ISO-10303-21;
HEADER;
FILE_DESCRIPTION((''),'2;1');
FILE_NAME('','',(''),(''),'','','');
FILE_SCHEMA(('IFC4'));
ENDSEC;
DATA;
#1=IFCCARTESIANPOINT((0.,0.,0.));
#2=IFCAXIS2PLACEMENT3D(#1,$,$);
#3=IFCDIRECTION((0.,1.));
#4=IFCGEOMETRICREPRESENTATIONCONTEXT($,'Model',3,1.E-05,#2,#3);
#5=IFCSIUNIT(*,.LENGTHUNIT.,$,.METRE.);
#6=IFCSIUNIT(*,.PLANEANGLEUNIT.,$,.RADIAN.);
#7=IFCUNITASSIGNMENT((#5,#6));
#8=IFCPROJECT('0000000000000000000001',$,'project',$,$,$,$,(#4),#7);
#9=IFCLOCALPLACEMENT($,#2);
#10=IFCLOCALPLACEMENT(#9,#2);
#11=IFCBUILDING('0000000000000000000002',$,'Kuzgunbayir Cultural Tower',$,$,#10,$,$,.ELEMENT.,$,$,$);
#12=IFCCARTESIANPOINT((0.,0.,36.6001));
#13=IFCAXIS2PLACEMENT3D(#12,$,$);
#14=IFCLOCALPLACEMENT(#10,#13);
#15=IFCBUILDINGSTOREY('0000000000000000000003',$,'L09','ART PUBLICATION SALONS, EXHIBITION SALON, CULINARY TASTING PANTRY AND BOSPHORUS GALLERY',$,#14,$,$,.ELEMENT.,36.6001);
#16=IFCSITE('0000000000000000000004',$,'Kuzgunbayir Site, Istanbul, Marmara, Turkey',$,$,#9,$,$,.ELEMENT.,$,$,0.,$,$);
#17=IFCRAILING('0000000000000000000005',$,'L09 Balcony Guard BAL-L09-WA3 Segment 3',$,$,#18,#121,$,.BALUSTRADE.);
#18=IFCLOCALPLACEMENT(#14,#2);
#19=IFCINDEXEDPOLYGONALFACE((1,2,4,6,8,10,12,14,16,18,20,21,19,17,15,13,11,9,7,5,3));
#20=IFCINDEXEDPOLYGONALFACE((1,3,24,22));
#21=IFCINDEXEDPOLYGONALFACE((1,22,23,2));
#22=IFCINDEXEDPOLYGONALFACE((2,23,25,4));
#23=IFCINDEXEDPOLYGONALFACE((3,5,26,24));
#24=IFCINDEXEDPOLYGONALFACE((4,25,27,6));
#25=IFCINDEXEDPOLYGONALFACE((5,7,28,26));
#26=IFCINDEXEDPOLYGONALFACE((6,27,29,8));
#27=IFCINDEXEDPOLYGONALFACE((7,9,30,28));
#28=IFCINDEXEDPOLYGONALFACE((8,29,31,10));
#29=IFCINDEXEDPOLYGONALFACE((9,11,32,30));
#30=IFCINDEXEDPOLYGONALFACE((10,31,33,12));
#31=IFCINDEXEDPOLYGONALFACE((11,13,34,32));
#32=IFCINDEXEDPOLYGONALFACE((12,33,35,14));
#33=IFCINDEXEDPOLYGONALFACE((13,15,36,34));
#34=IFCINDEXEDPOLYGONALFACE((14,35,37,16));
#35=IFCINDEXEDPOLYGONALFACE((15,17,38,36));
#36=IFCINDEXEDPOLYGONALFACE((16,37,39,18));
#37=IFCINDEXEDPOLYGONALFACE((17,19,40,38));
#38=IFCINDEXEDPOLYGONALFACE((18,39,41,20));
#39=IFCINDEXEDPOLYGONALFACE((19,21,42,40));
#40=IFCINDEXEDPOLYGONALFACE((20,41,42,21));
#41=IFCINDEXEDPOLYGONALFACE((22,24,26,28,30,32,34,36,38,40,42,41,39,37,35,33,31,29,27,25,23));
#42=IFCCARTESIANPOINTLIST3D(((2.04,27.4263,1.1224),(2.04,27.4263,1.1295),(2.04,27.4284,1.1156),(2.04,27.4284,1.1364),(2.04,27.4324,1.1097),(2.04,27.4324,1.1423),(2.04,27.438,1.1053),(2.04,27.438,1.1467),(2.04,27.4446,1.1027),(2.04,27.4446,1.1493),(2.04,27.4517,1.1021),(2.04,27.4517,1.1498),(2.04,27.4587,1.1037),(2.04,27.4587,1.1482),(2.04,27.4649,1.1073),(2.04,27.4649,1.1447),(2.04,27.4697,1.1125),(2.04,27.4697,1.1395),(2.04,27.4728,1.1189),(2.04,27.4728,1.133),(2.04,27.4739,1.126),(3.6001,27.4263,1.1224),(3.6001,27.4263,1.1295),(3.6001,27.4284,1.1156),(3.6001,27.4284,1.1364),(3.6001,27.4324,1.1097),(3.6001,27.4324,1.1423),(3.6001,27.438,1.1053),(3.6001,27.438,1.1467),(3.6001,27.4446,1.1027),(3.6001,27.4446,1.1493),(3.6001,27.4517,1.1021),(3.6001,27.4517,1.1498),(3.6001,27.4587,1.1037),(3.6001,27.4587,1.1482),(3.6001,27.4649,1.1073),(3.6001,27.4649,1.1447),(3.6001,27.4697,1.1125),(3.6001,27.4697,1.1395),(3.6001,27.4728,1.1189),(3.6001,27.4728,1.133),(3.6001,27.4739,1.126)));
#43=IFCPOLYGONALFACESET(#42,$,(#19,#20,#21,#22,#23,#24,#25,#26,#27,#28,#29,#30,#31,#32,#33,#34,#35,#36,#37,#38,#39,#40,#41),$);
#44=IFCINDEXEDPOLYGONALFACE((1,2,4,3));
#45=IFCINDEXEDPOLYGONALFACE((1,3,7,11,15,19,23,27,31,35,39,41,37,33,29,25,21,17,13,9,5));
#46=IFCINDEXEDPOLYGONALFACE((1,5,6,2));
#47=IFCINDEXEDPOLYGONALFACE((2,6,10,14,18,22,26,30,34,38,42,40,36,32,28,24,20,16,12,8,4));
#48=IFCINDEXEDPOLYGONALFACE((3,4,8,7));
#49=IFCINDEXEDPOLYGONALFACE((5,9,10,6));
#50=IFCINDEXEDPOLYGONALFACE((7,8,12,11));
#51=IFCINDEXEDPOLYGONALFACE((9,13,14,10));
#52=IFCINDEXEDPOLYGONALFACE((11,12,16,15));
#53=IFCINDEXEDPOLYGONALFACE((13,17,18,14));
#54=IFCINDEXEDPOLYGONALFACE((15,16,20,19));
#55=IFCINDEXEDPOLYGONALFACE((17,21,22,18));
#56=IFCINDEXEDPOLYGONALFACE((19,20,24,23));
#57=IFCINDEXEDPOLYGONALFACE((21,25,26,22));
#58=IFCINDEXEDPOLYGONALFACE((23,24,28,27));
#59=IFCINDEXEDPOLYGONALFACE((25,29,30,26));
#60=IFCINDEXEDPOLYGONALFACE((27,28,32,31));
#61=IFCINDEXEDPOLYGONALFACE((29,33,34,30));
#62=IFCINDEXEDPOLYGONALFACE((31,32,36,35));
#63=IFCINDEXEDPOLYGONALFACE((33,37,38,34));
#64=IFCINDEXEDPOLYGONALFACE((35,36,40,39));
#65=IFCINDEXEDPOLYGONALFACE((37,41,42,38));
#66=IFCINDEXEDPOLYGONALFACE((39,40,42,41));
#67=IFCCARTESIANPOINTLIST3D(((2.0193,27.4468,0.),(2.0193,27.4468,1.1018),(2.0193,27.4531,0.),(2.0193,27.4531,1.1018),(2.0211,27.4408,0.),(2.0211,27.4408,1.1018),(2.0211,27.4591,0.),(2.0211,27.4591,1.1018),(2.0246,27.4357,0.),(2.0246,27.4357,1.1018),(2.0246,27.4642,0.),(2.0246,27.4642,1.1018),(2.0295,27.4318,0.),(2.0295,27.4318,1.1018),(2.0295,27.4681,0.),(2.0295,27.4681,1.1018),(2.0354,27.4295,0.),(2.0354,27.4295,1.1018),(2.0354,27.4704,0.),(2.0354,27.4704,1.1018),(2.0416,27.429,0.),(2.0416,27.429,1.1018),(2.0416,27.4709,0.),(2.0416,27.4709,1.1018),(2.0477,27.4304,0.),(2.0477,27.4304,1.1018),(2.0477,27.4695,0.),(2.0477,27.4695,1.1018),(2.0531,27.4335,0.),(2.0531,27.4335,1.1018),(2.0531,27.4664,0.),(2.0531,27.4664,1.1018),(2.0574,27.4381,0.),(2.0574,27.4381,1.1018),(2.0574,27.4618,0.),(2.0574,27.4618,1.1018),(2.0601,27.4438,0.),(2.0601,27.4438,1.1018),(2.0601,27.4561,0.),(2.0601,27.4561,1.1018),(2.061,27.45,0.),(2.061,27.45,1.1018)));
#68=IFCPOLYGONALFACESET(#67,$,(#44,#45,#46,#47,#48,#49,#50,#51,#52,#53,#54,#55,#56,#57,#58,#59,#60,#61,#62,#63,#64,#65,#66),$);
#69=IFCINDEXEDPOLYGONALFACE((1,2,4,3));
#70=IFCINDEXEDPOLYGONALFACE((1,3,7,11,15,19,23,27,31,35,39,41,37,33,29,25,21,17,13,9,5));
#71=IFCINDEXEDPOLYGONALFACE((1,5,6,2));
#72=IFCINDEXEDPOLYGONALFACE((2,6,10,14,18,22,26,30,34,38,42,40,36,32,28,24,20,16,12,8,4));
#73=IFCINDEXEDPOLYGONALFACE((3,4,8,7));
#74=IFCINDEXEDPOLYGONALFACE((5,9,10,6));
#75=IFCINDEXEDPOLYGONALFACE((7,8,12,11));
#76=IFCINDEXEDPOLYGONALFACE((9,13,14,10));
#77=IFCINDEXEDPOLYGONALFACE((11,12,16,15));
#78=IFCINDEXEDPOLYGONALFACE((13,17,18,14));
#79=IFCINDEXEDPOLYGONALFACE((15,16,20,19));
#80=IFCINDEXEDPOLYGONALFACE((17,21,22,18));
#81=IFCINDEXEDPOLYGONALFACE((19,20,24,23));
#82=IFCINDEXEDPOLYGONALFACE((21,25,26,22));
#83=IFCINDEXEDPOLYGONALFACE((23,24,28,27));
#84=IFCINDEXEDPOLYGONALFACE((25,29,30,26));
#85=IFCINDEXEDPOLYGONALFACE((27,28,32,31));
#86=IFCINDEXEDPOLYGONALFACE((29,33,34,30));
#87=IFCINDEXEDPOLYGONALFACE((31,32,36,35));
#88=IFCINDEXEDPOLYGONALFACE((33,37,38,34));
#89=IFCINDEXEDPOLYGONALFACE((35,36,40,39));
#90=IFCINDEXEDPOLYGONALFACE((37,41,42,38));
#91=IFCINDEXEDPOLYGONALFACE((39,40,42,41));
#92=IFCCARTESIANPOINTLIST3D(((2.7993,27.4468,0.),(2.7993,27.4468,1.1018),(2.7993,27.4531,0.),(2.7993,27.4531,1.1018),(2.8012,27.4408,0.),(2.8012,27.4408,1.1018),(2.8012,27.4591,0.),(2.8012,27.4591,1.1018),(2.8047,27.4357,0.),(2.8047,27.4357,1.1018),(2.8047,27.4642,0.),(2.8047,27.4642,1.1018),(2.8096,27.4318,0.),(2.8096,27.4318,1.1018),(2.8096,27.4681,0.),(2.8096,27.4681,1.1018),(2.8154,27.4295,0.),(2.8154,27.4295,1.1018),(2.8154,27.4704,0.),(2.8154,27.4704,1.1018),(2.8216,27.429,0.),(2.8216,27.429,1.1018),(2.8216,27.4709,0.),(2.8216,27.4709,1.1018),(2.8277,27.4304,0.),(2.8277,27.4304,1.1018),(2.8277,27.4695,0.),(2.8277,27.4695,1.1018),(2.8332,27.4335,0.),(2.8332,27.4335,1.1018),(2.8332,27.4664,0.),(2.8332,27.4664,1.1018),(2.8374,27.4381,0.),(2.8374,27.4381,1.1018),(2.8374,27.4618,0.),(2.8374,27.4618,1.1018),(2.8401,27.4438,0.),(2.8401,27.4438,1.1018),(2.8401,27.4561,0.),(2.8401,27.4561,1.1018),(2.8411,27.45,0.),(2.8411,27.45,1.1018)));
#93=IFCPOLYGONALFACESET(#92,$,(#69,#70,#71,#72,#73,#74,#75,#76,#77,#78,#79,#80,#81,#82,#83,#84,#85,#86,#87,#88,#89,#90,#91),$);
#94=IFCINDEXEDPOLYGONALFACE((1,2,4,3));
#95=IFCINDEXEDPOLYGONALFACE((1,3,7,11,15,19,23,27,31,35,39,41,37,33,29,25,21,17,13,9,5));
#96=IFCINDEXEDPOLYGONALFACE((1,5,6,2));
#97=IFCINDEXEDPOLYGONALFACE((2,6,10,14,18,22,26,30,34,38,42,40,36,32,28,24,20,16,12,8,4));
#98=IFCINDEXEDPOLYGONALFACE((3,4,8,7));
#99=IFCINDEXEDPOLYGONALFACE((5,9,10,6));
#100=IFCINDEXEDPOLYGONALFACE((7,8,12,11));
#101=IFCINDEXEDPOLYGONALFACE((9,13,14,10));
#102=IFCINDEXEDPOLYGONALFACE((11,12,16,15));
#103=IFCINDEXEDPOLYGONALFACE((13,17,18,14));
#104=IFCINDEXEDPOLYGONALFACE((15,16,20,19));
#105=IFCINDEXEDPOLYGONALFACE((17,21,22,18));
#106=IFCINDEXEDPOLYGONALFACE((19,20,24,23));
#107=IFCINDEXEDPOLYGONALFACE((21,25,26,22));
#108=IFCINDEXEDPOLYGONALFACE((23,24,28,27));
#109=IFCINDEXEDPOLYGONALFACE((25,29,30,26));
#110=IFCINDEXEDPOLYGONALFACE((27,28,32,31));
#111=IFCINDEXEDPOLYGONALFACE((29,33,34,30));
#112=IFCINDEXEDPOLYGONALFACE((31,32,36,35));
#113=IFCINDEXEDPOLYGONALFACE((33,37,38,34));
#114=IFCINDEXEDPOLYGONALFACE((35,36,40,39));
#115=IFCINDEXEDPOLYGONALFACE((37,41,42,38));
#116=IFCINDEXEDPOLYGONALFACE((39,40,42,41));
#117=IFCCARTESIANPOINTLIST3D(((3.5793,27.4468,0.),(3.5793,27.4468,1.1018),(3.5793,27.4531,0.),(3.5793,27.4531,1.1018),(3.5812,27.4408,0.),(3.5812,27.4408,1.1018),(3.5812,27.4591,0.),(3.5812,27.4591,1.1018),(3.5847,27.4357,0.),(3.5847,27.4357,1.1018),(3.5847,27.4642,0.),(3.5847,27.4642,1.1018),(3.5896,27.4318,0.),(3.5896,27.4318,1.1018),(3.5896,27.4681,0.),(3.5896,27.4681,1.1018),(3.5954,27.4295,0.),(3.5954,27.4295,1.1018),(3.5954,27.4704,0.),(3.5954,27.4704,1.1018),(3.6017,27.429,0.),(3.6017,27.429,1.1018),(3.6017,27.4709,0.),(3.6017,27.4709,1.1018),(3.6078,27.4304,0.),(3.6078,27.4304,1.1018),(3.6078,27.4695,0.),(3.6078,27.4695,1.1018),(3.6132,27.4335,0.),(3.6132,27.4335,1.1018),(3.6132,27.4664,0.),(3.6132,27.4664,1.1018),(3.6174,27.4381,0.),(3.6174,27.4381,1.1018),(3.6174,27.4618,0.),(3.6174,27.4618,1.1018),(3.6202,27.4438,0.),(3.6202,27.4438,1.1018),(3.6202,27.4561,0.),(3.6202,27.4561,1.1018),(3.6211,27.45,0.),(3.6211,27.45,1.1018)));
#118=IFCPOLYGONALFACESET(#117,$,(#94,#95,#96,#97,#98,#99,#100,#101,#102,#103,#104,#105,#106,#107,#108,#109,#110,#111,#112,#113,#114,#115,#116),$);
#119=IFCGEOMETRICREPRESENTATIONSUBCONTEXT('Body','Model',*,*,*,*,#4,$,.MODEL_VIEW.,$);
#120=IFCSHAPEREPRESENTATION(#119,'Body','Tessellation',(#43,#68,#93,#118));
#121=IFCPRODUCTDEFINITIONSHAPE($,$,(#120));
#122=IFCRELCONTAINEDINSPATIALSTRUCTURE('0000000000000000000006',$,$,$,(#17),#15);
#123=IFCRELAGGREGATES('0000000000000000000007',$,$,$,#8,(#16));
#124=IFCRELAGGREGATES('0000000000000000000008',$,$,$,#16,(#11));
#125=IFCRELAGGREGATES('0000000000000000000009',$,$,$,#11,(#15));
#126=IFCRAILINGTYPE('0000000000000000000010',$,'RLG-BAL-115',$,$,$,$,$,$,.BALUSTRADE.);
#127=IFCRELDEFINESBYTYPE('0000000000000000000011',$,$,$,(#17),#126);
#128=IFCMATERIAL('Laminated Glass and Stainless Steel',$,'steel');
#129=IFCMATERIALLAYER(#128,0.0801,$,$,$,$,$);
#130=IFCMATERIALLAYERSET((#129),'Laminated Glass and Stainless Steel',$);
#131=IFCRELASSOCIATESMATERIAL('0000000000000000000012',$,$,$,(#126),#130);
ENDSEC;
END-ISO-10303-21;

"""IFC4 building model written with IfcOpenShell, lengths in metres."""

from ifc_helpers import new_model, si_unit, direction, frame, origin, origin_2d, place, context, subcontext, project, spatial, circle, extrude, material, layer, layer_set, type_object, element, save


model = new_model("IFC4")

# Units and contexts
model_context = context("Model", 3, precision=1e-05, world=origin(), true_north=direction((0.0, 1.0)))
body_context = subcontext(model_context, "Body", "Model", "MODEL_VIEW")
ifc_project = project(units=[si_unit("LENGTHUNIT", "METRE"), si_unit("PLANEANGLEUNIT", "RADIAN")], contexts=[model_context])

# Site, building, storey
site_placement = place(None, origin())
site = spatial("IfcSite", under=ifc_project, at=site_placement, Name="Kuzgunbayir Site, Istanbul, Marmara, Turkey", CompositionType="ELEMENT", RefElevation=0.0)
building_placement = place(site_placement, origin())
building = spatial("IfcBuilding", under=site, at=building_placement, Name="Kuzgunbayir Cultural Tower", CompositionType="ELEMENT")
storey_placement = place(building_placement, frame((0.0, 0.0, 36.6001)))
storey = spatial("IfcBuildingStorey", under=building, at=storey_placement, Name="L09", Description="ART PUBLICATION SALONS, EXHIBITION SALON, CULINARY TASTING PANTRY AND BOSPHORUS GALLERY", CompositionType="ELEMENT", Elevation=36.6001)

# Railing
ifc_material_1 = material(Name="Laminated Glass and Stainless Steel", Category="steel")
ifc_layer_1 = layer(ifc_material_1, 0.0801)
ifc_layer_set_1 = layer_set([ifc_layer_1], Name="Laminated Glass and Stainless Steel")
railing_type = type_object("IfcRailingType", Name="RLG-BAL-115", PredefinedType="BALUSTRADE", material=ifc_layer_set_1)
railing_1_placement = place(storey_placement, frame((2.04, 27.45, 0.0)))
element("IfcRailing", 1, at=railing_1_placement, inside=storey, type_object=railing_type, Name="L09 Balcony Guard BAL-L09-WA3 Segment 3", PredefinedType="BALUSTRADE", context=body_context, shape_type="SweptSolid", body=[
    extrude(circle(Radius=0.0239, at=origin_2d()), frame((0.0, 0.0, 1.126), z_axis=(1.0, 0.0, 0.0), x_axis=(0.0, 1.0, 0.0)), (0.0, 0.0, 1.0), 1.5601),
    extrude(circle(Radius=0.021, at=origin_2d()), origin(), (0.0, 0.0, 1.0), 1.1018),
    extrude(circle(Radius=0.021, at=origin_2d()), frame((0.78, 0.0, 0.0)), (0.0, 0.0, 1.0), 1.1018),
    extrude(circle(Radius=0.021, at=origin_2d()), frame((1.5601, 0.0, 0.0)), (0.0, 0.0, 1.0), 1.1018),
])

save(model, "model.ifc")
